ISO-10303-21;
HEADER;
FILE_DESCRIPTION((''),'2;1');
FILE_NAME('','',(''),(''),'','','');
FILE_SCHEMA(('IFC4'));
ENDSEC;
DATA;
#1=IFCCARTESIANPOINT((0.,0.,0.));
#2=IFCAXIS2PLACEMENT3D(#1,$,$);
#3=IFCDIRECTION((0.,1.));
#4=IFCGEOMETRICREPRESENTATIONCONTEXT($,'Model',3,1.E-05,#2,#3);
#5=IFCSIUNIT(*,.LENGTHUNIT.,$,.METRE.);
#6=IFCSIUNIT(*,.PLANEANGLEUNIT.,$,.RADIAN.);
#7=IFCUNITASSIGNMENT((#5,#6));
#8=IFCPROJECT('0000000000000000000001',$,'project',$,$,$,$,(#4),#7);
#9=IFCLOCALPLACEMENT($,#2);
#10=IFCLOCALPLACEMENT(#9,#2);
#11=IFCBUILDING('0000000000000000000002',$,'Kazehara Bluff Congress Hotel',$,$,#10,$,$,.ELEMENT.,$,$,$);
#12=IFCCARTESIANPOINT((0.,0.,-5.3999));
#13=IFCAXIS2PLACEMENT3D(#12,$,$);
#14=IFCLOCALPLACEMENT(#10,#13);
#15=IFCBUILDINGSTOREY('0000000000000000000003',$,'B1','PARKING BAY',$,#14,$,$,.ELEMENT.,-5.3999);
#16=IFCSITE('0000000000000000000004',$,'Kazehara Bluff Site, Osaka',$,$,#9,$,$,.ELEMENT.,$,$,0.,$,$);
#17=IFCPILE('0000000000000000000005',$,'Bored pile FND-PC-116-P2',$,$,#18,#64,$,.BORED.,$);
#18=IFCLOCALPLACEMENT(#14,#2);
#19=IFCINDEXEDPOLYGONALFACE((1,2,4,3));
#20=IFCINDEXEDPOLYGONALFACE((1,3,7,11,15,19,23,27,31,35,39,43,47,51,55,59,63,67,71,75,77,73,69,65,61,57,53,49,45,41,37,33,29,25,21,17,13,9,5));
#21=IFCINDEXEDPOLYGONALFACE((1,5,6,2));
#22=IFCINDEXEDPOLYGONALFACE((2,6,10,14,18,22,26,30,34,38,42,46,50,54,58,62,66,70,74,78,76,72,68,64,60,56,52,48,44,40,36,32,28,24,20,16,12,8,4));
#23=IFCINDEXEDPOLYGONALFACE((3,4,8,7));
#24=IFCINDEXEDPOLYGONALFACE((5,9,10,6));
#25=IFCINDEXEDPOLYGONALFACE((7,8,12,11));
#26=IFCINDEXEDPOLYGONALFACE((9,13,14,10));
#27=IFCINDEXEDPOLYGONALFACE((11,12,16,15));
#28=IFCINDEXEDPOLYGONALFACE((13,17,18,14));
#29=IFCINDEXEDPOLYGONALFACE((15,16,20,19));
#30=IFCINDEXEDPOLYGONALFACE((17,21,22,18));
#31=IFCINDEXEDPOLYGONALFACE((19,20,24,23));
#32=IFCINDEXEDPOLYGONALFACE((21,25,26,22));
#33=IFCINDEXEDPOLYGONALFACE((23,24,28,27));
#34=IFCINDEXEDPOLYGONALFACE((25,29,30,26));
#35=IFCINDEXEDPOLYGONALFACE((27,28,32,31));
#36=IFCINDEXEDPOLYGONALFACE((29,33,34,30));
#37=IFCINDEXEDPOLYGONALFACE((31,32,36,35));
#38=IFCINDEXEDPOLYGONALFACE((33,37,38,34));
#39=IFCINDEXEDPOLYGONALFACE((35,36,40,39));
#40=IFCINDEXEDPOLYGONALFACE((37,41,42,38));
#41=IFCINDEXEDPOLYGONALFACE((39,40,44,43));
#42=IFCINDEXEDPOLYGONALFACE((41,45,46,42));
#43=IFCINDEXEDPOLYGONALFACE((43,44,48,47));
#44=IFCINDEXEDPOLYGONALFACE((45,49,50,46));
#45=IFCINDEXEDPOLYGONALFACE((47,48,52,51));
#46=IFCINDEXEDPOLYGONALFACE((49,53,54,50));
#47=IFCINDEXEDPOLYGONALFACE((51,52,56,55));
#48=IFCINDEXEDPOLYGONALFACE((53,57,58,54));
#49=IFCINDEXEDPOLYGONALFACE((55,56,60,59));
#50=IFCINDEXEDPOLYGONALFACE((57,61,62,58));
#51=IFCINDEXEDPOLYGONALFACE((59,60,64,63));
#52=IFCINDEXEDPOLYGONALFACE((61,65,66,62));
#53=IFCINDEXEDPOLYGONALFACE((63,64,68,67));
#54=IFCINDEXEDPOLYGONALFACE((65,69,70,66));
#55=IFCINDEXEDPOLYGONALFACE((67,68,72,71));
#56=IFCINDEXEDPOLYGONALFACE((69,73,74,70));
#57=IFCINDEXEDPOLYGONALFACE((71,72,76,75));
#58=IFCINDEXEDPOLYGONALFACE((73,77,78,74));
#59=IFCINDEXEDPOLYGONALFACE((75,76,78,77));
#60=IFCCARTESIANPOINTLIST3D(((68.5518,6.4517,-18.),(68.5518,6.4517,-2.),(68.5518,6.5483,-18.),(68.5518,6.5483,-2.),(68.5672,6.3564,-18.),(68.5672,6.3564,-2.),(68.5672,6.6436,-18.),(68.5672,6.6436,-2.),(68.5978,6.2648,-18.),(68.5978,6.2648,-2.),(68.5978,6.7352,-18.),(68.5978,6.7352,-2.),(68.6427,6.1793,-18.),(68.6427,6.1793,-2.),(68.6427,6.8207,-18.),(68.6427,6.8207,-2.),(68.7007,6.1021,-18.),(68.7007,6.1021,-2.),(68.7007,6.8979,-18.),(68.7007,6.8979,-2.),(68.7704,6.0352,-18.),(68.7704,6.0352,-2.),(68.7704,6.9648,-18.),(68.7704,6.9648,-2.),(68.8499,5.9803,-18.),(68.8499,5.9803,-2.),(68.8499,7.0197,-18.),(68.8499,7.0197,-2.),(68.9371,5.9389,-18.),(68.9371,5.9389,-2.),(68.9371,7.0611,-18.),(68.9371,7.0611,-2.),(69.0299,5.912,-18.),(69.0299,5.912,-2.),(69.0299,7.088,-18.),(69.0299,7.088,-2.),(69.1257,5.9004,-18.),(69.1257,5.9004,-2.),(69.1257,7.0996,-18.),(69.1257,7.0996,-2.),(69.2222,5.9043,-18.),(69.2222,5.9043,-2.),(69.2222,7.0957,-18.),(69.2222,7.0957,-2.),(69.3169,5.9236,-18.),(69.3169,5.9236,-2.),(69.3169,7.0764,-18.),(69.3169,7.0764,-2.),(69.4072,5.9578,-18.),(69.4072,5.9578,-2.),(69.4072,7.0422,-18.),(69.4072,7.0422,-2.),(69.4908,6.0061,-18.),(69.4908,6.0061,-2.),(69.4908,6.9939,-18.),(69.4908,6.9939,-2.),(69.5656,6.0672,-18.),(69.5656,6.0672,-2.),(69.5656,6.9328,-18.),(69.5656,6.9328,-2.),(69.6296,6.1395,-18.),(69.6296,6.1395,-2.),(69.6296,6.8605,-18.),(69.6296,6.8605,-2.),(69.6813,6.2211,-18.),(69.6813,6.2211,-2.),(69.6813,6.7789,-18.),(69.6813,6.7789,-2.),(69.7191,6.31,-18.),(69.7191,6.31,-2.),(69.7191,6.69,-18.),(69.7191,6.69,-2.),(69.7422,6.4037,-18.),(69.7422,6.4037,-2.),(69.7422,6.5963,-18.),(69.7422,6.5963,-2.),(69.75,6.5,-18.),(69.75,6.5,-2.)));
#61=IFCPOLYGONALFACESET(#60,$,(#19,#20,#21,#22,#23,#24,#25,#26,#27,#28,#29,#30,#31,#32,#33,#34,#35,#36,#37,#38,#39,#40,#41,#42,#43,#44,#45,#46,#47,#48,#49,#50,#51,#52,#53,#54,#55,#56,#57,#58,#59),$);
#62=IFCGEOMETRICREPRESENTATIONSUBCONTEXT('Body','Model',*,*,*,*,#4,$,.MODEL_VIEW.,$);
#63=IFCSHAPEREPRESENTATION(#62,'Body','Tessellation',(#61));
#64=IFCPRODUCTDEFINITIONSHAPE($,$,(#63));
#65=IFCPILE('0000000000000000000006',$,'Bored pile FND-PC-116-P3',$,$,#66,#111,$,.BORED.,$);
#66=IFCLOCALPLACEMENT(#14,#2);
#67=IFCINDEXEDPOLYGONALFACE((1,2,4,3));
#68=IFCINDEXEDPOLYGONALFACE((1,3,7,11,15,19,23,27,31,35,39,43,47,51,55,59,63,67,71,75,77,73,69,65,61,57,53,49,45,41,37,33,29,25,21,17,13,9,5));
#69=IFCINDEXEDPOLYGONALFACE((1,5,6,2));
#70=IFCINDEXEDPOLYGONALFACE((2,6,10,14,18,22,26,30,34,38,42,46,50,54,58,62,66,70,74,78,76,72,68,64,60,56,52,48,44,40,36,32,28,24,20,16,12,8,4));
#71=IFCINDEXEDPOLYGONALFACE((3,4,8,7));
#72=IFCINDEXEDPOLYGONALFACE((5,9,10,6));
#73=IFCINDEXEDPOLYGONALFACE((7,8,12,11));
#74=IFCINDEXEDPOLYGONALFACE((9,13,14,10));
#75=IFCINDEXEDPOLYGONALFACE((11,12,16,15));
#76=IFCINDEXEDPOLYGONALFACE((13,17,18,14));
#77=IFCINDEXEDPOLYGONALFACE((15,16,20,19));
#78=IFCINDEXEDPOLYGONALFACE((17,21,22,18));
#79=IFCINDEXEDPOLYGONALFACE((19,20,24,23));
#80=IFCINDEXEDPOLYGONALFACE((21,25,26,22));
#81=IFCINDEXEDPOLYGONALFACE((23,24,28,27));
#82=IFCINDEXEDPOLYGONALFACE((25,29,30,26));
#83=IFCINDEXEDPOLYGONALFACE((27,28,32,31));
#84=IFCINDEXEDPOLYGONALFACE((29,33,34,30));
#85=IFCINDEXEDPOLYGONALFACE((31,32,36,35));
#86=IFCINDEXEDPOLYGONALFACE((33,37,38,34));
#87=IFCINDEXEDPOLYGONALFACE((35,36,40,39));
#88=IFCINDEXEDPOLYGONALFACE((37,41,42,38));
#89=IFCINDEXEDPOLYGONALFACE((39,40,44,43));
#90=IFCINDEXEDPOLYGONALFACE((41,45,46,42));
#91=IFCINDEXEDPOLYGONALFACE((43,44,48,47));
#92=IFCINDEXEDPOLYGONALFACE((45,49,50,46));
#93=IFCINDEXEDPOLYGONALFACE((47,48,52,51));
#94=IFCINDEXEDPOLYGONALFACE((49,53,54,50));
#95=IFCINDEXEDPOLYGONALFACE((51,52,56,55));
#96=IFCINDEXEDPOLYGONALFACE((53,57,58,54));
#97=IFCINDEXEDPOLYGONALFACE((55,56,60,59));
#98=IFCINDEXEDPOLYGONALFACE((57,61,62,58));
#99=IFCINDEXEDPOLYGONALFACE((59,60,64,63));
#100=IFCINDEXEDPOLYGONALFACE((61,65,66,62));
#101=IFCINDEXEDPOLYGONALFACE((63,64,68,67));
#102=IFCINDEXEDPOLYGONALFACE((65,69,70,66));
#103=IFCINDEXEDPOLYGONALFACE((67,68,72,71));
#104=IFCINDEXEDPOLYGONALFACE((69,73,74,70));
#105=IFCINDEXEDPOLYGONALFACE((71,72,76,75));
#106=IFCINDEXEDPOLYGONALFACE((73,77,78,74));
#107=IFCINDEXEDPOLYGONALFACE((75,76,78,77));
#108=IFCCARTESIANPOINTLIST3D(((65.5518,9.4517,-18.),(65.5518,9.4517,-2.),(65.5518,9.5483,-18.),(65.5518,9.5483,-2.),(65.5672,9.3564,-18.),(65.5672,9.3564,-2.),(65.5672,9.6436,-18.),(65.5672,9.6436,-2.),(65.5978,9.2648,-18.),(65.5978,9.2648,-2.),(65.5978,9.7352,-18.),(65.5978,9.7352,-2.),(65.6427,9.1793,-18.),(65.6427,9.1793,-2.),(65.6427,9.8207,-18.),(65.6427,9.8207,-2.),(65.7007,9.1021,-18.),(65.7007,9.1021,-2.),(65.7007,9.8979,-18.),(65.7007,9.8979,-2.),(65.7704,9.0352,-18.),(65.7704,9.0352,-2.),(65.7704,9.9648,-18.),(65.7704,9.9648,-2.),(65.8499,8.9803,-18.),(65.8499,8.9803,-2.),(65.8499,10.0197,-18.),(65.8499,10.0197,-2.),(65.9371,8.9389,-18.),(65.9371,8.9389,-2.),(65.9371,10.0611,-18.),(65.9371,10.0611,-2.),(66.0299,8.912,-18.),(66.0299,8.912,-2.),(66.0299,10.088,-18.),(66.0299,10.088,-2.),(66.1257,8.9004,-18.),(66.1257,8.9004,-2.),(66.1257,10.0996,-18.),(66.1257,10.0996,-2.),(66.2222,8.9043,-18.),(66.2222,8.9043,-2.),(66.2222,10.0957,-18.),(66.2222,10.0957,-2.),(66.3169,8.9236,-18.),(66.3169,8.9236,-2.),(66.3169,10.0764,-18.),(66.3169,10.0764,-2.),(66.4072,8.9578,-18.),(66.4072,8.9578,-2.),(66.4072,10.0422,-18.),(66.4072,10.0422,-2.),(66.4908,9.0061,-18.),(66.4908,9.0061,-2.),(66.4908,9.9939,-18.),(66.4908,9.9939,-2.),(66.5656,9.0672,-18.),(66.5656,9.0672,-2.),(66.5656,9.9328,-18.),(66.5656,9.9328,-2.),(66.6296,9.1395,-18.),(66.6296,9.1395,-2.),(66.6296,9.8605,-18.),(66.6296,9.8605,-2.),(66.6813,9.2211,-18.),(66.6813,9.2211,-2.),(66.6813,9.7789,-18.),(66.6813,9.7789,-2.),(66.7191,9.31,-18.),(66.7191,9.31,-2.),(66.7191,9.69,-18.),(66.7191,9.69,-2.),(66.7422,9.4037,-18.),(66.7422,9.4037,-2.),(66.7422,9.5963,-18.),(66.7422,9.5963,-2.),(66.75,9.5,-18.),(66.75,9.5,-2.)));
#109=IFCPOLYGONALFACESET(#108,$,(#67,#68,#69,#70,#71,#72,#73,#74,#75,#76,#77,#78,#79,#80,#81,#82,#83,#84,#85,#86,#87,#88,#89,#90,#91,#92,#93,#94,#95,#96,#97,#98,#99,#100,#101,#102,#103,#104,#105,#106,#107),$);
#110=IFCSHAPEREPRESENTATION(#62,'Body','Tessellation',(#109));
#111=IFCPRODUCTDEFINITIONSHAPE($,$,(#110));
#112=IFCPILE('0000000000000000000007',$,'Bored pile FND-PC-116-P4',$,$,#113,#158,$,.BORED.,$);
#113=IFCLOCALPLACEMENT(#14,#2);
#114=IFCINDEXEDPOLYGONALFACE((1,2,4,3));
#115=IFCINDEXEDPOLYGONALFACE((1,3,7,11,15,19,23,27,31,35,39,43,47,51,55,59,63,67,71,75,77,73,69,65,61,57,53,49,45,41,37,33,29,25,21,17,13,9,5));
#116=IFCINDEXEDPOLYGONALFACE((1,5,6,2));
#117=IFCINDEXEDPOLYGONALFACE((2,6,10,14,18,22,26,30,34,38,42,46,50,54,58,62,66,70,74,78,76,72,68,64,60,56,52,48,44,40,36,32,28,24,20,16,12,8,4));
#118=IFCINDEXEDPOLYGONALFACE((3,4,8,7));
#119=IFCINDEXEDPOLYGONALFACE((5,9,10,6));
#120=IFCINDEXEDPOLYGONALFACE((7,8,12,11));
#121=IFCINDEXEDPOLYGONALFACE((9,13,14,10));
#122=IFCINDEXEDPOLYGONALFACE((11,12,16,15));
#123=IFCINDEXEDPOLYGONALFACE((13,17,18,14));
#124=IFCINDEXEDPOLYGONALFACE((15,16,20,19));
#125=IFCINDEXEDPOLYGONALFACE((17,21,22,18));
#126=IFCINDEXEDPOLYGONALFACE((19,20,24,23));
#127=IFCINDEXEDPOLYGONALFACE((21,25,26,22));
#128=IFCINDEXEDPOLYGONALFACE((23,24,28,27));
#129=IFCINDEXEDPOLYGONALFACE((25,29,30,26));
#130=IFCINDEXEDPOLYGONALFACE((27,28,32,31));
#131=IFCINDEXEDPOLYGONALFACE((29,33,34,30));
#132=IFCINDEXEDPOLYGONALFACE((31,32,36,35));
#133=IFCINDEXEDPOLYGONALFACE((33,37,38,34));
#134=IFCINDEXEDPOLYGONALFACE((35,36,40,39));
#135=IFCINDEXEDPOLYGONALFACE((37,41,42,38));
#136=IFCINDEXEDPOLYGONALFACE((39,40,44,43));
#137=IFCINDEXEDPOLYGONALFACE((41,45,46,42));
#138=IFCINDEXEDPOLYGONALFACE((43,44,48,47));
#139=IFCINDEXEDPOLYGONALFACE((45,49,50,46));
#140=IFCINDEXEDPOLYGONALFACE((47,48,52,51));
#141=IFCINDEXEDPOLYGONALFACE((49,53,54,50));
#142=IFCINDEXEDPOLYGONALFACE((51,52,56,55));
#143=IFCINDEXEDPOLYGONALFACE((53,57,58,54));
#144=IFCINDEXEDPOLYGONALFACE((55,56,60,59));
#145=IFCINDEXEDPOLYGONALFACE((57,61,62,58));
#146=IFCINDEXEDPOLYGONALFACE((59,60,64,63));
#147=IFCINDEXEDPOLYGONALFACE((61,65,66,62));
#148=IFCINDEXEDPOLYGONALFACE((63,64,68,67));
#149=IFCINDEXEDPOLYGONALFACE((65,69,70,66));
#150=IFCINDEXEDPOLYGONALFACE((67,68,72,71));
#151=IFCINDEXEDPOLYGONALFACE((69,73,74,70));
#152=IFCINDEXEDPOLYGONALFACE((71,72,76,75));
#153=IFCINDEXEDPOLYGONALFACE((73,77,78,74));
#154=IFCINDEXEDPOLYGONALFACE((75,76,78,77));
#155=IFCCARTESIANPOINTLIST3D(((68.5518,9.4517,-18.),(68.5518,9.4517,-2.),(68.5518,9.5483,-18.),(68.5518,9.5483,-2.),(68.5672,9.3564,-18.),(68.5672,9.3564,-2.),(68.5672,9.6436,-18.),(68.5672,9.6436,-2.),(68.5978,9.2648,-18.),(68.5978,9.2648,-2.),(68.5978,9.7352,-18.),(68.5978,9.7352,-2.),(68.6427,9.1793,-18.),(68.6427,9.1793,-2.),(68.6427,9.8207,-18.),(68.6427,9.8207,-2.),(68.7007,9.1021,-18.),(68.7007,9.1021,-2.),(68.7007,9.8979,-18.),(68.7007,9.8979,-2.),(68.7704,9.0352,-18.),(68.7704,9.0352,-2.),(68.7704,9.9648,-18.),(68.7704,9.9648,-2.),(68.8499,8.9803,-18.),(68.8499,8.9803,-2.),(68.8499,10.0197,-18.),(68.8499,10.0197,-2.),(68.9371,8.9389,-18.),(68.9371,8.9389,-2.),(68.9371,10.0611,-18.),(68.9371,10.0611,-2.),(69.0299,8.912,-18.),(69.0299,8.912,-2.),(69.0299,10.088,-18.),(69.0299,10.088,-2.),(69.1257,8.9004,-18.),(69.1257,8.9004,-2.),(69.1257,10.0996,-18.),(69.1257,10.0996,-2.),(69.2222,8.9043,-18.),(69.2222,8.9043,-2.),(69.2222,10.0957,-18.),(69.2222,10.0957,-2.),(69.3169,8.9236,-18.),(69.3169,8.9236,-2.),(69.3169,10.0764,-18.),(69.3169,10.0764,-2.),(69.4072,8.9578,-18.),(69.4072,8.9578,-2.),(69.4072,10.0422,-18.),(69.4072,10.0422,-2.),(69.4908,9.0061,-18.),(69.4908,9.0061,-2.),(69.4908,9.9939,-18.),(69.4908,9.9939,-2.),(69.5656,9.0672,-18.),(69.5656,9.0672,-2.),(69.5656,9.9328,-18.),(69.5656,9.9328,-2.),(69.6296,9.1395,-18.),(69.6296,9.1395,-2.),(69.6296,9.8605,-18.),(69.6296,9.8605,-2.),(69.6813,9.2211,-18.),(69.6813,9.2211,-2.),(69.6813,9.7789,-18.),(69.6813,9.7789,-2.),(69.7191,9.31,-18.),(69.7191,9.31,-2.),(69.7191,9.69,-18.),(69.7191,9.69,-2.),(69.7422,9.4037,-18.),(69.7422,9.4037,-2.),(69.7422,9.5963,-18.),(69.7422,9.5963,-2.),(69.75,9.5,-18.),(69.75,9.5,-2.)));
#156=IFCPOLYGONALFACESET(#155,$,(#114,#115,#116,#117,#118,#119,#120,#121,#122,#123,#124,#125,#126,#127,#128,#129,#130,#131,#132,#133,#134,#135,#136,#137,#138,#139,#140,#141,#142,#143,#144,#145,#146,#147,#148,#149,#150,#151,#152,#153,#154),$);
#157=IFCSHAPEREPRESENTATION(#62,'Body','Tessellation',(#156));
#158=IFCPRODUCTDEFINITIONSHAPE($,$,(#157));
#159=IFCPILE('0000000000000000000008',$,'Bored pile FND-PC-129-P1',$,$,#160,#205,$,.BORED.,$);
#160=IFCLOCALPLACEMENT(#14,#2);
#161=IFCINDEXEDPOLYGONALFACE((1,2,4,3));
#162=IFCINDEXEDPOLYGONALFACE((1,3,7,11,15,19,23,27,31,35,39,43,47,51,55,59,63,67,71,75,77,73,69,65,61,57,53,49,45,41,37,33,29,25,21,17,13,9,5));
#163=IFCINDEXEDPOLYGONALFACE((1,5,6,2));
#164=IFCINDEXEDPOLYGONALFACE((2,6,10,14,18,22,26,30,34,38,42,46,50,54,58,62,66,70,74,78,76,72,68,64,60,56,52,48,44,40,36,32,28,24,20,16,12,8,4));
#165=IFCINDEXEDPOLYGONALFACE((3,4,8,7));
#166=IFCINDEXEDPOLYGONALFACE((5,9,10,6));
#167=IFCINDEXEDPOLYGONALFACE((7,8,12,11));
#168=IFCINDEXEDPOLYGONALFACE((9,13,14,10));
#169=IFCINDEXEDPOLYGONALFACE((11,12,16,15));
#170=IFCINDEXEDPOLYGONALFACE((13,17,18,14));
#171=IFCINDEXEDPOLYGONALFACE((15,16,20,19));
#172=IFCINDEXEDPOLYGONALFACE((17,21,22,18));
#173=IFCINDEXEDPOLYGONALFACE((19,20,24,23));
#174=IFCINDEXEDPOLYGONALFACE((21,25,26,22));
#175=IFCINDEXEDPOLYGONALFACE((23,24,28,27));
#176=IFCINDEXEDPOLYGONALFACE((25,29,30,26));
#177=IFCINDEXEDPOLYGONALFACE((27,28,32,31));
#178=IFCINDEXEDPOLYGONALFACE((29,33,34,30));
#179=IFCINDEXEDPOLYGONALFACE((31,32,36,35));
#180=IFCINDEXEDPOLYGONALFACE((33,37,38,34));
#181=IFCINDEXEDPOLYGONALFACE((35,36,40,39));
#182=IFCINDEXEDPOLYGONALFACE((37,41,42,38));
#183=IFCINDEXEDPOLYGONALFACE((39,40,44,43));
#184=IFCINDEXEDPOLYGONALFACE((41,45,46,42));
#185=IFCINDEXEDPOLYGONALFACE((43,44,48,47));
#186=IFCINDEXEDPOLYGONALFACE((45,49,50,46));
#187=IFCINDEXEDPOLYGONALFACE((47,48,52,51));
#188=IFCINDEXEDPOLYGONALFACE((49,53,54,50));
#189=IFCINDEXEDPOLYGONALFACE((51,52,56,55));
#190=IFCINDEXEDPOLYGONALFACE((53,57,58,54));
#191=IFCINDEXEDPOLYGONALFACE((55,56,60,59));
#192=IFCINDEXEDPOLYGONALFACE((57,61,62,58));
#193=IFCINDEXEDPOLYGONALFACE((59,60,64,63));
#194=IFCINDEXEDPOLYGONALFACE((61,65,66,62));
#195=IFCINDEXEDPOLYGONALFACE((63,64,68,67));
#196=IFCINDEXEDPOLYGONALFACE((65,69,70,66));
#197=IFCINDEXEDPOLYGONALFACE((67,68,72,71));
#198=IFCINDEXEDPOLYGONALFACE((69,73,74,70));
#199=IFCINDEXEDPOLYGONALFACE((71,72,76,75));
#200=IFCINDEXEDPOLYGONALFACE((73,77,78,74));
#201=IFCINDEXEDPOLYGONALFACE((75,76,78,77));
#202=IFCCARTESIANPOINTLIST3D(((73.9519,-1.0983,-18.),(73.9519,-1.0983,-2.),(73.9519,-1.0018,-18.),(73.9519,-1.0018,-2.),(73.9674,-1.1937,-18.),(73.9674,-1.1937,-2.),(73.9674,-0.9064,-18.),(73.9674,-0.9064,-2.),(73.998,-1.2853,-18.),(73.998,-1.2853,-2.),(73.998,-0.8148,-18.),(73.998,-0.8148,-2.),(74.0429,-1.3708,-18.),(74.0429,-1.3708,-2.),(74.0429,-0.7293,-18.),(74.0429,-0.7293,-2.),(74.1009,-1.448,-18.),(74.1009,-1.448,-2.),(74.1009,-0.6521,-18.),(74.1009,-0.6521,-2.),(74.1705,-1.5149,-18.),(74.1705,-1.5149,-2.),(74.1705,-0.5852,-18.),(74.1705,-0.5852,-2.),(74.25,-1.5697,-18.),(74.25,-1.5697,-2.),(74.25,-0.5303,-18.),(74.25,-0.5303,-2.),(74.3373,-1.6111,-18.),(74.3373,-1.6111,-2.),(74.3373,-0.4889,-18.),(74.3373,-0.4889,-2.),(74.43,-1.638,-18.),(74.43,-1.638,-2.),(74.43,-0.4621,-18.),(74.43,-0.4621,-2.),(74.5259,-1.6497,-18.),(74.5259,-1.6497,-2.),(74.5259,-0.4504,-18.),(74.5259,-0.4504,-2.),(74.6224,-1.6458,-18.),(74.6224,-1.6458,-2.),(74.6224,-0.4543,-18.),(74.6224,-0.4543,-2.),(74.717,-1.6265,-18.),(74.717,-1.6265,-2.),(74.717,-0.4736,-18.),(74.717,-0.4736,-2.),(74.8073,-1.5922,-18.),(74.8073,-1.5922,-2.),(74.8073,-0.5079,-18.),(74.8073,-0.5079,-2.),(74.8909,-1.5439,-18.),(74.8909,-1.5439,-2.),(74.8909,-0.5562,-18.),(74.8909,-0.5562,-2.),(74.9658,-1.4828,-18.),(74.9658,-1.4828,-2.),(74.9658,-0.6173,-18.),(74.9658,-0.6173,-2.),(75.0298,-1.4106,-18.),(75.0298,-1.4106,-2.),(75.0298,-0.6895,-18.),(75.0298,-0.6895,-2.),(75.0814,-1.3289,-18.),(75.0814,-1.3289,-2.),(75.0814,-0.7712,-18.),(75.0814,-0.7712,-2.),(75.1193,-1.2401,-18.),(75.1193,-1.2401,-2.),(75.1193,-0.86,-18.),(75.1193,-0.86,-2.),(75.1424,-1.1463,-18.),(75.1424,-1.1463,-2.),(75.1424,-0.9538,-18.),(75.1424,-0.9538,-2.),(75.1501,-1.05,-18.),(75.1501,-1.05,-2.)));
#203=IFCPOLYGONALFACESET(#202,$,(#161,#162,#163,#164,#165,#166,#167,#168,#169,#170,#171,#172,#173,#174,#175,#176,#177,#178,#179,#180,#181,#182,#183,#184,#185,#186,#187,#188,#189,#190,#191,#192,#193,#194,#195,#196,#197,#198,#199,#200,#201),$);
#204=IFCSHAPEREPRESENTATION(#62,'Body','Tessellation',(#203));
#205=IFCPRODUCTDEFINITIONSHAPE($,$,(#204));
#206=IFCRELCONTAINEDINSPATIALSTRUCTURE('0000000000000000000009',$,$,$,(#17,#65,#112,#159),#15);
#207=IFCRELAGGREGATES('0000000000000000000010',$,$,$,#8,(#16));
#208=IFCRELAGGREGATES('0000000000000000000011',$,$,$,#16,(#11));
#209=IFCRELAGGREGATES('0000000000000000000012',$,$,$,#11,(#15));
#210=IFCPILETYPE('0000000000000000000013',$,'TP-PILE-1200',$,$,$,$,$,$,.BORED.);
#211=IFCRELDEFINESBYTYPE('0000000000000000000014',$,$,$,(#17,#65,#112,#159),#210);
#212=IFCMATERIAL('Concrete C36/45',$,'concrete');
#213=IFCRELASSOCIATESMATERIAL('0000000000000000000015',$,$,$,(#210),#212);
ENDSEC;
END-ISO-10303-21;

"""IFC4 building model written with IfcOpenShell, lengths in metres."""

from ifc_helpers import new_model, si_unit, direction, frame, origin, origin_2d, place, context, subcontext, project, spatial, circle, extrude, material, material_profile, profile_set, type_object, element, save


model = new_model("IFC4")

# Units and contexts
model_context = context("Model", 3, precision=1e-05, world=origin(), true_north=direction((0.0, 1.0)))
body_context = subcontext(model_context, "Body", "Model", "MODEL_VIEW")
ifc_project = project(units=[si_unit("LENGTHUNIT", "METRE"), si_unit("PLANEANGLEUNIT", "RADIAN")], contexts=[model_context])

# Site, building, storey
site_placement = place(None, origin())
site = spatial("IfcSite", under=ifc_project, at=site_placement, Name="Kazehara Bluff Site, Osaka", CompositionType="ELEMENT", RefElevation=0.0)
building_placement = place(site_placement, origin())
building = spatial("IfcBuilding", under=site, at=building_placement, Name="Kazehara Bluff Congress Hotel", CompositionType="ELEMENT")
storey_placement = place(building_placement, frame((0.0, 0.0, -5.3999)))
storey = spatial("IfcBuildingStorey", under=building, at=storey_placement, Name="B1", Description="PARKING BAY", CompositionType="ELEMENT", Elevation=-5.3999)

# Piles
ifc_material_1 = material(Name="Concrete C36/45", Category="concrete")
ifc_material_profile_1 = material_profile(ifc_material_1, circle(Radius=0.6001, at=origin_2d()))
ifc_profile_set_1 = profile_set([ifc_material_profile_1], Name="Concrete C36/45")
pile_type_1 = type_object("IfcPileType", Name="TP-PILE-1200", PredefinedType="BORED", material=ifc_profile_set_1)
for number, where, z_axis, x_axis, name in (
    (1, (69.1499, 6.5, -2.0), (0.0, 0.0, -1.0), (1.0, 0.0, 0.0), "Bored pile FND-PC-116-P2"),
    (2, (66.1499, 9.5, -2.0), (0.0, 0.0, -1.0), (1.0, 0.0, 0.0), "Bored pile FND-PC-116-P3"),
    (3, (69.1499, 9.5, -2.0), (0.0, 0.0, -1.0), (1.0, 0.0, 0.0), "Bored pile FND-PC-116-P4"),
    (4, (74.55, -1.05, -2.0), (0.0, 0.0, -1.0), (1.0, 0.0, 0.0), "Bored pile FND-PC-129-P1"),
):
    element("IfcPile", number, at=place(storey_placement, frame(where, z_axis=z_axis, x_axis=x_axis)), inside=storey, type_object=pile_type_1, Name=name, PredefinedType="BORED", context=body_context, shape_type="SweptSolid", body=[
        extrude(circle(Radius=0.6001, at=origin_2d()), origin(), (0.0, 0.0, 1.0), 16.0),
    ])

save(model, "model.ifc")
